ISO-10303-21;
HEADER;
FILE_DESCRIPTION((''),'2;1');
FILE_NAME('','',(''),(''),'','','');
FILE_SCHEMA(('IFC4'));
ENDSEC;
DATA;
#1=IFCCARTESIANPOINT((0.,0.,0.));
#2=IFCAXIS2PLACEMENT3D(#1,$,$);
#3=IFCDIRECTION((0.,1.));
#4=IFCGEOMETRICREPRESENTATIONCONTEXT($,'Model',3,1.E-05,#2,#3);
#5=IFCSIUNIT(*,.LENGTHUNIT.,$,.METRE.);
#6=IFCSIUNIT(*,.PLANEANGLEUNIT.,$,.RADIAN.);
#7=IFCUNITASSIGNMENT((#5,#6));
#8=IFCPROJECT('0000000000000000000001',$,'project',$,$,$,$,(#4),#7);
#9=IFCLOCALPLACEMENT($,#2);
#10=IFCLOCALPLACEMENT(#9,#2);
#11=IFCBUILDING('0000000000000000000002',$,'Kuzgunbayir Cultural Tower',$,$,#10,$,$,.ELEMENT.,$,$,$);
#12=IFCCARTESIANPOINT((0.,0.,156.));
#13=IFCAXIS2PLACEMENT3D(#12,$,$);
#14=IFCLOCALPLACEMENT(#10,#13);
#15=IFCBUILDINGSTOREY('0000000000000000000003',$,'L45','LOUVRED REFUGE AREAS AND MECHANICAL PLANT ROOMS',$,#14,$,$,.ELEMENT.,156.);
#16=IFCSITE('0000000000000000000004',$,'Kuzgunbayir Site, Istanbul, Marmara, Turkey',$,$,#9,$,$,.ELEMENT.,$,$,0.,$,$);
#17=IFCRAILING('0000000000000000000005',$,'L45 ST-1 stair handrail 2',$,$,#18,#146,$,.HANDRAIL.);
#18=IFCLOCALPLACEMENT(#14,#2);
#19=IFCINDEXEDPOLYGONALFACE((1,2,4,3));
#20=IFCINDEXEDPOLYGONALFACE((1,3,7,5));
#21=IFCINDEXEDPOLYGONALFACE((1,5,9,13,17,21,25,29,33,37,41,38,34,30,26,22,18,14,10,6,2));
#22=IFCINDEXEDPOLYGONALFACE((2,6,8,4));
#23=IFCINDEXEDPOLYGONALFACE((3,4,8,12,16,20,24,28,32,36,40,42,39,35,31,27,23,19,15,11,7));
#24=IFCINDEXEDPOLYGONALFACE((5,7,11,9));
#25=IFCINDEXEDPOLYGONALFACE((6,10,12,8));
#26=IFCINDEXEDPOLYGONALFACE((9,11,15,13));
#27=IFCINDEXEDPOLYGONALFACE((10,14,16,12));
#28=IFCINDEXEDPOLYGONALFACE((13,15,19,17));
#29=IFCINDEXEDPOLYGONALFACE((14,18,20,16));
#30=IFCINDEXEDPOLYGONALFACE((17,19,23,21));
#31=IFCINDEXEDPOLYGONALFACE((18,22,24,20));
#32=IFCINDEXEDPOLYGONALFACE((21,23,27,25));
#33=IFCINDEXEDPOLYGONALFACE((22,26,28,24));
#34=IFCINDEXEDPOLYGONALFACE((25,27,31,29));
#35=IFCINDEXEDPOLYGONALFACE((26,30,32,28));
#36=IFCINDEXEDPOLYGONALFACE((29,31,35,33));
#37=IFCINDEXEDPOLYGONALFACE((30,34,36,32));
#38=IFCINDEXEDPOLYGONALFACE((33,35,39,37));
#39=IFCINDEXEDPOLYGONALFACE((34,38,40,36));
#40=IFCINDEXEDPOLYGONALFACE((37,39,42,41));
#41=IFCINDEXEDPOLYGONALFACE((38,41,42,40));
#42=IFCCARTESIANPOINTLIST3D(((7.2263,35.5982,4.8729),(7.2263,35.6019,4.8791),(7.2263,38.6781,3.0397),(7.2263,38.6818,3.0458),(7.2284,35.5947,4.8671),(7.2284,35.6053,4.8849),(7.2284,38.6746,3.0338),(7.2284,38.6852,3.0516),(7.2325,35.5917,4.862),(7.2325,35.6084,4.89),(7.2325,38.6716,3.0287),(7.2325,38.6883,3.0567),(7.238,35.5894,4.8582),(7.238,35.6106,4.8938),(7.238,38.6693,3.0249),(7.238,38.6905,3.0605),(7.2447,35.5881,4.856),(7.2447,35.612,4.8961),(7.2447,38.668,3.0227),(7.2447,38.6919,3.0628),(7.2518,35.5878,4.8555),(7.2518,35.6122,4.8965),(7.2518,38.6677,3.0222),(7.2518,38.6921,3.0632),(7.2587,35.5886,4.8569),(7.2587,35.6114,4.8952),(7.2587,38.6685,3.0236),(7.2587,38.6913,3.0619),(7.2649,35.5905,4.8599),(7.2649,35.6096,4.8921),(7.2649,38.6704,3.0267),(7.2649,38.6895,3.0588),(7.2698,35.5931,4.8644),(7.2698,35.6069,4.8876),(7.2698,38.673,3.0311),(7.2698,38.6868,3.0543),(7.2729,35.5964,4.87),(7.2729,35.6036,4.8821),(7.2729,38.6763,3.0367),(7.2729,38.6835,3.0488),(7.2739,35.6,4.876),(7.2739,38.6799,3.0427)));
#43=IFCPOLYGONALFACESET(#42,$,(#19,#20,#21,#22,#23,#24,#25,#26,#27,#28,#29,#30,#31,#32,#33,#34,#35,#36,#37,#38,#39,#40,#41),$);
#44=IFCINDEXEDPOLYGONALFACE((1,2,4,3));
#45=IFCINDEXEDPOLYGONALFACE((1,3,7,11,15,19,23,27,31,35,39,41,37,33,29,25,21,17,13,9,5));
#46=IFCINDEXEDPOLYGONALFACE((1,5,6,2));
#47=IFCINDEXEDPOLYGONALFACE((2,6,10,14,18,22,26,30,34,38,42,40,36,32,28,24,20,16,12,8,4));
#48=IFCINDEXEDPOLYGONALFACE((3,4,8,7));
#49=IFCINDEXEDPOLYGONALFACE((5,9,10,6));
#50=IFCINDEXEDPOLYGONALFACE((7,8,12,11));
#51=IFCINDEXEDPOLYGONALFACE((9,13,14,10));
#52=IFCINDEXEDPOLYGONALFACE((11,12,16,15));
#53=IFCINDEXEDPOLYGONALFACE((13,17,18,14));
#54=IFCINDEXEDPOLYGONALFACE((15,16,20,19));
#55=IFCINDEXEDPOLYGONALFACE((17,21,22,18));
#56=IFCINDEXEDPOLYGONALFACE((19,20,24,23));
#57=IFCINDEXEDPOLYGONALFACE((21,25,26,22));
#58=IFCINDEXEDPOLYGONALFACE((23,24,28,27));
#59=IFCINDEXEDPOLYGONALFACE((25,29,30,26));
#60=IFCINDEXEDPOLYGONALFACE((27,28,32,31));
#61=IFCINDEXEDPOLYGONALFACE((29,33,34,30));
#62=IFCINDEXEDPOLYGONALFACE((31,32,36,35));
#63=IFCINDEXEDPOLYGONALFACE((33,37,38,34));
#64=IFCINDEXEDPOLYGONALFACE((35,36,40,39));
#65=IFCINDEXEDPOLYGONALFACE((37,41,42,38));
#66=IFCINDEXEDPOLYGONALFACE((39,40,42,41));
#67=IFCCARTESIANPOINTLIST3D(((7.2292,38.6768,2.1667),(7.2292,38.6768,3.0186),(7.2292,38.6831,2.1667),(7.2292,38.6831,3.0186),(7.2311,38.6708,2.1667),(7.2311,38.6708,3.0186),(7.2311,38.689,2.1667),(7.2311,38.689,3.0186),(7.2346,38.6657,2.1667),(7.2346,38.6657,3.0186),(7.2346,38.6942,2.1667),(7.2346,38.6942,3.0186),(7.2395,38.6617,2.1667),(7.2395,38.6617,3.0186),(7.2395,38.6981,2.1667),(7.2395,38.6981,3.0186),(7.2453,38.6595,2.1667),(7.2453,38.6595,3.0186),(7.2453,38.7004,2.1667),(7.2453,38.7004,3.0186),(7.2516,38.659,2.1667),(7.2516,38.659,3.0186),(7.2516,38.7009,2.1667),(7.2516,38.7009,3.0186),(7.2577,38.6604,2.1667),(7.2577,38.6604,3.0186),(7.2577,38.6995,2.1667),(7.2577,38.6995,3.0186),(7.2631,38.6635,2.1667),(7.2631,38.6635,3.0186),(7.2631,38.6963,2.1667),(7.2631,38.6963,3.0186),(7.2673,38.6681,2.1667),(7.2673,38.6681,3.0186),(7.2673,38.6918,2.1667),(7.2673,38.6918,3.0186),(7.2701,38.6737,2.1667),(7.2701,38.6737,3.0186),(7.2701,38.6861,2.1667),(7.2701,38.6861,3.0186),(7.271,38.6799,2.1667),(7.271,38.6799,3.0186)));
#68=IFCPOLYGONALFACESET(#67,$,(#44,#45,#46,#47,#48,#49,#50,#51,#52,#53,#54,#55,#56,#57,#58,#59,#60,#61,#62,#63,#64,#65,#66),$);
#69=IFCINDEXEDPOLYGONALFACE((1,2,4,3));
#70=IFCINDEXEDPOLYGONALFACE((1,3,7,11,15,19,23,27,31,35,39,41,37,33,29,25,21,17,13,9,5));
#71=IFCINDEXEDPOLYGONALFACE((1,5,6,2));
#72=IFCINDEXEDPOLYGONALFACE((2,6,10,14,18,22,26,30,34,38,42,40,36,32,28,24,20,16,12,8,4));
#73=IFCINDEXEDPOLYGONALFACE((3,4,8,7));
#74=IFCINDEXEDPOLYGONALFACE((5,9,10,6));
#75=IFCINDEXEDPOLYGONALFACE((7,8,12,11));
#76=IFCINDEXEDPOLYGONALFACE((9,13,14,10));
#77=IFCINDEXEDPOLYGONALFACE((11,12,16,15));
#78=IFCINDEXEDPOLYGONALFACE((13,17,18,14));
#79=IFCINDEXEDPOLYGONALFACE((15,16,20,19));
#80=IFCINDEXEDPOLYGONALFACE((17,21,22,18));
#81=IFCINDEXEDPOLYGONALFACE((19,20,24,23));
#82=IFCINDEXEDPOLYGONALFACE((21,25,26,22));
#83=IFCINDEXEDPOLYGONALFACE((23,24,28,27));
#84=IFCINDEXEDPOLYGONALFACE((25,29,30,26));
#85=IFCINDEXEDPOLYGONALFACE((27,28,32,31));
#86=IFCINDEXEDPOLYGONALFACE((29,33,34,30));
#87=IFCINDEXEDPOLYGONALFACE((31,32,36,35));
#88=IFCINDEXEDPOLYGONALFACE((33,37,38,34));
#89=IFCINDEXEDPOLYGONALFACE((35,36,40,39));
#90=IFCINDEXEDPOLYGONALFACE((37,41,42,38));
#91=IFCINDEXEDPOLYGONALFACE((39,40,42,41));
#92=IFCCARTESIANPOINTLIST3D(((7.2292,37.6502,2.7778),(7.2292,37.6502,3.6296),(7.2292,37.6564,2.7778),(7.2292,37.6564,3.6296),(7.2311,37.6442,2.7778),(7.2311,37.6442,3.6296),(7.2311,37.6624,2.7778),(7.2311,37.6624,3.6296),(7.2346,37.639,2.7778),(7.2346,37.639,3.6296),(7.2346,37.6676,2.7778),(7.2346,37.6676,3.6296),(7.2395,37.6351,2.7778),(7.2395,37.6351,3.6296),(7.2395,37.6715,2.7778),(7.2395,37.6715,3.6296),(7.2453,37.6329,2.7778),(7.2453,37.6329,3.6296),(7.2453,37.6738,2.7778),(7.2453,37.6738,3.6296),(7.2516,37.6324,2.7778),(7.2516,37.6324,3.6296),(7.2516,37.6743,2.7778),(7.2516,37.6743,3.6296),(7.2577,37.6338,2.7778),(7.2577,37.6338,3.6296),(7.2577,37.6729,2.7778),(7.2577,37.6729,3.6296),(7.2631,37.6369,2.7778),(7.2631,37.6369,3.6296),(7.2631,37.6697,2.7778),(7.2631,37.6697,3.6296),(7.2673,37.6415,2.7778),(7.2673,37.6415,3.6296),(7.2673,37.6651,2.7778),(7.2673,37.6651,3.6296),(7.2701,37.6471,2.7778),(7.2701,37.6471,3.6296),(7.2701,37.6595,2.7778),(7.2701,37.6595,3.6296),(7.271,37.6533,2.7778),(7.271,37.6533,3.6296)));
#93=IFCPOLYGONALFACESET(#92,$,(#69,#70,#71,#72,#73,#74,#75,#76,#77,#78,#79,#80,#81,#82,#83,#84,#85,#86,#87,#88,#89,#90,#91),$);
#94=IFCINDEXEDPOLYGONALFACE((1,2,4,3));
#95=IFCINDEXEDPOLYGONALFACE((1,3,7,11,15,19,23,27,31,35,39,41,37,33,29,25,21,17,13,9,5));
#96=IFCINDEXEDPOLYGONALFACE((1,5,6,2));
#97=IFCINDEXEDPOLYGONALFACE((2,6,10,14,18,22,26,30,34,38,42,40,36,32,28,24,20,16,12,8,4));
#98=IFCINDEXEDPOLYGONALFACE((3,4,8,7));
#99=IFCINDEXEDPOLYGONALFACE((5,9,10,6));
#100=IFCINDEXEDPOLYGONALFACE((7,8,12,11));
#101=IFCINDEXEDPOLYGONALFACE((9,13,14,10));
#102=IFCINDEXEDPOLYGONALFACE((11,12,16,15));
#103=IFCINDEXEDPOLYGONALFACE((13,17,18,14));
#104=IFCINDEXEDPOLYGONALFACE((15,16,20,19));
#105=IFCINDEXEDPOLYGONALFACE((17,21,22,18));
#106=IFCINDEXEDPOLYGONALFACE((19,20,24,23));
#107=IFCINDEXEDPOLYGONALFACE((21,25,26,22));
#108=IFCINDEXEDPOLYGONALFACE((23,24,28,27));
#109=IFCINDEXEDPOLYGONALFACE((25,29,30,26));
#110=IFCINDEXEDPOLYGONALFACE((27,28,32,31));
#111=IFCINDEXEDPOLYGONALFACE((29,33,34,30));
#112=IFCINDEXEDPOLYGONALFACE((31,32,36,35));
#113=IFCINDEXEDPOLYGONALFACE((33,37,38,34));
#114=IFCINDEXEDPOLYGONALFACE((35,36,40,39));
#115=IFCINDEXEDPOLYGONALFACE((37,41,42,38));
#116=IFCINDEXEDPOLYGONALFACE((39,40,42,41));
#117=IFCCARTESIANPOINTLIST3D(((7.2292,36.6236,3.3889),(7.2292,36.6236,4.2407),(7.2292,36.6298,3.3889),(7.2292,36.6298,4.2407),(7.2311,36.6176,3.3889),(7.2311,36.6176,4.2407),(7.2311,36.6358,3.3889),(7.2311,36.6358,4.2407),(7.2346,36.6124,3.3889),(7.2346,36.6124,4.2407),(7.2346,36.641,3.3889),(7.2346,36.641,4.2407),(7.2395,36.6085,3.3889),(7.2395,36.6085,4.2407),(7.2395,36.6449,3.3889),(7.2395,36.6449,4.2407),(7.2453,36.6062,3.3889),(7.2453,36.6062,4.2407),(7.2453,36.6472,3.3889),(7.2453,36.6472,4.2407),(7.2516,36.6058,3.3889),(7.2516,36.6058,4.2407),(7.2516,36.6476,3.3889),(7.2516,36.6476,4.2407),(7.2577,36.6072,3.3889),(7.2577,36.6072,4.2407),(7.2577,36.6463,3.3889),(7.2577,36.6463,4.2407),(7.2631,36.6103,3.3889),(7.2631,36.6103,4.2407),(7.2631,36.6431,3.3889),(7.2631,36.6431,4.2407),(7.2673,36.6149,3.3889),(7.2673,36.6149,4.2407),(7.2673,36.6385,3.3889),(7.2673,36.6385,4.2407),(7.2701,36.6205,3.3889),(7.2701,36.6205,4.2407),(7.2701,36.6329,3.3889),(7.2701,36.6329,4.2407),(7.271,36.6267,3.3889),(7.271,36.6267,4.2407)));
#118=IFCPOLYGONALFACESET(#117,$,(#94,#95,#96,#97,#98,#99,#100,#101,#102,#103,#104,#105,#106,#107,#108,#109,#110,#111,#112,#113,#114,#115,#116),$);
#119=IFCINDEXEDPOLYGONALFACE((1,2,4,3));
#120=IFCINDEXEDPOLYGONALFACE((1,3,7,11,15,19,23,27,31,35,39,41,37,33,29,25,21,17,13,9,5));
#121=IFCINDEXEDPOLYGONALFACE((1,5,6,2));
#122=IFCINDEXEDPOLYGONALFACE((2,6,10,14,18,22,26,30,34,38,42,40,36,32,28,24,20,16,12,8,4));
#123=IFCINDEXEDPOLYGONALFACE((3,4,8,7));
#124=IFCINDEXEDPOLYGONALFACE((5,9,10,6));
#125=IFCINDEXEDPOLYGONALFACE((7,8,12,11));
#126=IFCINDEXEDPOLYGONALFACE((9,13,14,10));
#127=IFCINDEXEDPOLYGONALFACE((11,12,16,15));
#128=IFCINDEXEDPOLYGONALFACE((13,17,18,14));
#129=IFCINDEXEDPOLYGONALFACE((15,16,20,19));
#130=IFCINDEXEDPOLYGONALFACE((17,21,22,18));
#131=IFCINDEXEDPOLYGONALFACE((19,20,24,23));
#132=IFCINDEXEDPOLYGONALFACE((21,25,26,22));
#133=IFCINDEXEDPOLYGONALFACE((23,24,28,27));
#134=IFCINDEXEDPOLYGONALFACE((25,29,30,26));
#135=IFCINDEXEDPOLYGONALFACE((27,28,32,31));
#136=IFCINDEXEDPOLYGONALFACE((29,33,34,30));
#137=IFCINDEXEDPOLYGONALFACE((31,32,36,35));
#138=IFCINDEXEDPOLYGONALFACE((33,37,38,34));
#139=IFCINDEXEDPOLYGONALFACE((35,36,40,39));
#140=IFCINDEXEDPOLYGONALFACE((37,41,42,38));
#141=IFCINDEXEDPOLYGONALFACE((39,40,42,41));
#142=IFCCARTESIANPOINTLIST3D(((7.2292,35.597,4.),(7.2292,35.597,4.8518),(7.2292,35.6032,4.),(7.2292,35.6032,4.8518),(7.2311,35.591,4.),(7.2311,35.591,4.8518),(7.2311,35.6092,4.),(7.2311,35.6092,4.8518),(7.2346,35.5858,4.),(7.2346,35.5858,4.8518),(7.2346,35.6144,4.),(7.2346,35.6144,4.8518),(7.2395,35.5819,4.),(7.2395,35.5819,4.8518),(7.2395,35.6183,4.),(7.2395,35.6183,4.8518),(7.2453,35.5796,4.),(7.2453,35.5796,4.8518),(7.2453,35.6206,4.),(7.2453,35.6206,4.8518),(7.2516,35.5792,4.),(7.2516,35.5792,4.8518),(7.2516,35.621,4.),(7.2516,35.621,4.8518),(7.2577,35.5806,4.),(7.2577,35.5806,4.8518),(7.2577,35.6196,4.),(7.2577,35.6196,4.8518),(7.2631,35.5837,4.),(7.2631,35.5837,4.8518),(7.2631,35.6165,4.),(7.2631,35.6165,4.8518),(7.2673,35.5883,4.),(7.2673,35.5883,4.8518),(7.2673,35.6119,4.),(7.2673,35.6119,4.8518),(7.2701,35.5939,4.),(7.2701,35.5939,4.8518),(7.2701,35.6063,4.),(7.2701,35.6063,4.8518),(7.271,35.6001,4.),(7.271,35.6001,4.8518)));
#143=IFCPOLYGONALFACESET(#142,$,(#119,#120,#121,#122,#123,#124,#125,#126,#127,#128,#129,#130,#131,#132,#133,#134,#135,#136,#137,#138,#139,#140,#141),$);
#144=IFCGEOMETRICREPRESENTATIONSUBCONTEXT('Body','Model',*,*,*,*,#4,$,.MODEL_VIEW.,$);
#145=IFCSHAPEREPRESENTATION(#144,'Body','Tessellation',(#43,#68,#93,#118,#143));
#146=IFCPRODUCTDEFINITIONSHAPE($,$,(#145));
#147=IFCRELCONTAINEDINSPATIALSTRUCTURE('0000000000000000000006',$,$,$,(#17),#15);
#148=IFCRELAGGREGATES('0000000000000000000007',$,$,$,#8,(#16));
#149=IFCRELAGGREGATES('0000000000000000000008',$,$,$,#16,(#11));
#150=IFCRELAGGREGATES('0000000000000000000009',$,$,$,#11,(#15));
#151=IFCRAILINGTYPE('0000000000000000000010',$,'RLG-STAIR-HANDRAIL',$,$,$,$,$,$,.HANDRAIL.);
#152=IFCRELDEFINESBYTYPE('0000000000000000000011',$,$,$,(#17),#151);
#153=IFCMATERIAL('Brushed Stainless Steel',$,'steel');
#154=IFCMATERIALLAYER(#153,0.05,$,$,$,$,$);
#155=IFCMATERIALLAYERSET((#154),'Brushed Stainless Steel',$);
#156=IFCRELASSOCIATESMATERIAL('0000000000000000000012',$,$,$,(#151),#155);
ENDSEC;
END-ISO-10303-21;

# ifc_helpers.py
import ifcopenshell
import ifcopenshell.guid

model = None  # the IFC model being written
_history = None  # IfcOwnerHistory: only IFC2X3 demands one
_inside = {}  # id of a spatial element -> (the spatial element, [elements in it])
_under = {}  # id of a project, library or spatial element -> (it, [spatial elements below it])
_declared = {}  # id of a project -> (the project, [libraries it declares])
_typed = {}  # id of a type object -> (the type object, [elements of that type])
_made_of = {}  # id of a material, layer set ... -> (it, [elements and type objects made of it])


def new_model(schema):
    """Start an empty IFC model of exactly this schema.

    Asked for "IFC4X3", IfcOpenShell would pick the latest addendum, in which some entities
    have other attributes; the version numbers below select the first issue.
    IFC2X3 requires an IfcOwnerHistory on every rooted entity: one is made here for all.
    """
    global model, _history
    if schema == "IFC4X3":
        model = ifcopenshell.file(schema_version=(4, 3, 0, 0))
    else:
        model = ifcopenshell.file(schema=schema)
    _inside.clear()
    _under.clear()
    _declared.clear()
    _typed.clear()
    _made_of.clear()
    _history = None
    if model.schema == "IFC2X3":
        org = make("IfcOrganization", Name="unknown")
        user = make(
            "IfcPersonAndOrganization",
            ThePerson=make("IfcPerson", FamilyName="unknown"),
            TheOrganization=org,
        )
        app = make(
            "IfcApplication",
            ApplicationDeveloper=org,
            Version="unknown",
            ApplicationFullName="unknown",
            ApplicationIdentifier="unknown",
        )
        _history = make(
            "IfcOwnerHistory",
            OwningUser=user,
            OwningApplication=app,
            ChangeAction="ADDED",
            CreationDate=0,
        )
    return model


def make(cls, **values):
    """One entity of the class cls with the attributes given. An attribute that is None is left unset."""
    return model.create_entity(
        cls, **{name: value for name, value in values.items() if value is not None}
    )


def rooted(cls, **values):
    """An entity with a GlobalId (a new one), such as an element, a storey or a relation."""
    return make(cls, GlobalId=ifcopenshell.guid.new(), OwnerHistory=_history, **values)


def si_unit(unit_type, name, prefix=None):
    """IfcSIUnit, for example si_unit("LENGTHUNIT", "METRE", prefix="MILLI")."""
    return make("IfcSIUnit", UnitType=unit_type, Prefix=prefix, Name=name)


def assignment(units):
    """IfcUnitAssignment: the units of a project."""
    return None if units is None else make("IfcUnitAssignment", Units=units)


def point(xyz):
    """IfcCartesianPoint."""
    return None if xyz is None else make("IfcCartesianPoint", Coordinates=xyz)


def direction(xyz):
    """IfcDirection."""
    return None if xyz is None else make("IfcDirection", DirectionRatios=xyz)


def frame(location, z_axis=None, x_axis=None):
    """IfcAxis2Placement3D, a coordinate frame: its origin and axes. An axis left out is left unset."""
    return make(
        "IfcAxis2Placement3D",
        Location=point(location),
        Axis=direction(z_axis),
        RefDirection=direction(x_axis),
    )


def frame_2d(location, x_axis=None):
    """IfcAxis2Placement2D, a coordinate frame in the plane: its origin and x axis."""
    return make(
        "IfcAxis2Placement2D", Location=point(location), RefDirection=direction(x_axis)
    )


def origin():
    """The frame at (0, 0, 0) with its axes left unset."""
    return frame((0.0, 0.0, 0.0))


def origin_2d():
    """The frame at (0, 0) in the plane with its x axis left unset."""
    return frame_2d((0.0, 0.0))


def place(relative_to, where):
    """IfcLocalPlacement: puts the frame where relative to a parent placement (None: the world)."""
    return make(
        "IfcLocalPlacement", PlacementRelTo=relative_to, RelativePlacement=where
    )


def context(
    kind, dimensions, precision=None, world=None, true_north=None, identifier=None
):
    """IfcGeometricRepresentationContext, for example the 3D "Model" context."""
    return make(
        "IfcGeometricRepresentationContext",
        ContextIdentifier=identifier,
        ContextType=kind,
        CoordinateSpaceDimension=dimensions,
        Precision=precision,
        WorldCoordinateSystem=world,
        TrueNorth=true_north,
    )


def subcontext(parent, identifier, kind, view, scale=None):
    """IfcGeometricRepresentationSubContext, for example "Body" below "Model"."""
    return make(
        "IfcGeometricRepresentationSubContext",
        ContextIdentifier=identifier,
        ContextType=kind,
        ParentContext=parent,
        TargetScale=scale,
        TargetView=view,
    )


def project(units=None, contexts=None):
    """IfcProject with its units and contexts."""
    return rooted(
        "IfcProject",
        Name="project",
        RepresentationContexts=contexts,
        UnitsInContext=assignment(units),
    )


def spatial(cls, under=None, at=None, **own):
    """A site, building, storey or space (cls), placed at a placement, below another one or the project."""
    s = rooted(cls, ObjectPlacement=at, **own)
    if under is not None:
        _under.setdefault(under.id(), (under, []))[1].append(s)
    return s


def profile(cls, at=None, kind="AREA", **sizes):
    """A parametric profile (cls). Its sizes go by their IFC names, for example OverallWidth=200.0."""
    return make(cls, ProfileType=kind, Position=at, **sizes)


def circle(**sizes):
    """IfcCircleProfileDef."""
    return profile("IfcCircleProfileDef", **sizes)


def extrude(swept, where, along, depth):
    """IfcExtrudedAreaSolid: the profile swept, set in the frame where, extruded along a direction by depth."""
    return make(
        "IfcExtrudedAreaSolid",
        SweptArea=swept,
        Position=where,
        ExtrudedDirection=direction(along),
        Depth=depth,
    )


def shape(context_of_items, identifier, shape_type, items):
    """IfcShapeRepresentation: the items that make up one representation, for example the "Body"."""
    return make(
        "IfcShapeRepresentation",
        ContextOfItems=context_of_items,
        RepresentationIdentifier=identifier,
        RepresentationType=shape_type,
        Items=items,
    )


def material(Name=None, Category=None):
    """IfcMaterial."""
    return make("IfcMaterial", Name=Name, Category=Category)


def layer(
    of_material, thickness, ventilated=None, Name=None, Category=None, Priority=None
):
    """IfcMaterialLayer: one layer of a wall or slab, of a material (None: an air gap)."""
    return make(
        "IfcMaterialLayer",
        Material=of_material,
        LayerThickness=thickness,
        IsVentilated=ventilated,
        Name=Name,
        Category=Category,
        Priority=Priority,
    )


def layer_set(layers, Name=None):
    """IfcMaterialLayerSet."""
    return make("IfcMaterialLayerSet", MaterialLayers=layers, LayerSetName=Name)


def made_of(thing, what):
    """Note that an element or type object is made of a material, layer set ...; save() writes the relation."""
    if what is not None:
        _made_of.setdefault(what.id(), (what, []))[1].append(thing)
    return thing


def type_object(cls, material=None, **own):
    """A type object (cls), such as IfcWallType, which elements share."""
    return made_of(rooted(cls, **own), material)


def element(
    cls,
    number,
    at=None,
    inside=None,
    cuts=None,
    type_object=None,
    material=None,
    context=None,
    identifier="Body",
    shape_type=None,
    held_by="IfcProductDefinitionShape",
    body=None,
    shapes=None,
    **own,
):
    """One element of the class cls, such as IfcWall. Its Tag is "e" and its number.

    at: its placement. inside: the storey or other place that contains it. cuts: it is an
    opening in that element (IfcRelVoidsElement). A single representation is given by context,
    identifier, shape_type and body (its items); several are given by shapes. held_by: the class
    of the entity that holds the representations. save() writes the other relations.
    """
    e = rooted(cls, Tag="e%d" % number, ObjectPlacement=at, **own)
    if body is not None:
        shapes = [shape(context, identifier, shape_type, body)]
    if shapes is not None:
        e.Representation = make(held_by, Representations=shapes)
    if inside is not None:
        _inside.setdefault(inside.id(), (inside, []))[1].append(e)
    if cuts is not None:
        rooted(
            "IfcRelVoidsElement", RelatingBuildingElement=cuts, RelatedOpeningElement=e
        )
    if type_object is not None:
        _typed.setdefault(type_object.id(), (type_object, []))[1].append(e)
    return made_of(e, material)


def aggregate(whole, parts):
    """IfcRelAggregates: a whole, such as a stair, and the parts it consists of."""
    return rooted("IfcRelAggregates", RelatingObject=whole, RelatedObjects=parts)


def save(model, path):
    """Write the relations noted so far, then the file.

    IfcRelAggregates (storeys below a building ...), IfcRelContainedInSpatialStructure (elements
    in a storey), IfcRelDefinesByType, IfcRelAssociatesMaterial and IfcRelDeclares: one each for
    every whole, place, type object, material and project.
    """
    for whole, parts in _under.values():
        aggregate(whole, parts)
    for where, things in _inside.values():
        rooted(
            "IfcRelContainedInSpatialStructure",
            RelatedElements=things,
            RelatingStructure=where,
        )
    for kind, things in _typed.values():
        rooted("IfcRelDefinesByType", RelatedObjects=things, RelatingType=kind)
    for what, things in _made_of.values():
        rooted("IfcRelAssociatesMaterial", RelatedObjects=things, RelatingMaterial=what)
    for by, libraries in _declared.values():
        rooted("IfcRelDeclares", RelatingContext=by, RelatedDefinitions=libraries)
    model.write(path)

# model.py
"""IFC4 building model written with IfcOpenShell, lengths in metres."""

from ifc_helpers import new_model, si_unit, direction, frame, origin, origin_2d, place, context, subcontext, project, spatial, circle, extrude, material, layer, layer_set, type_object, element, save


model = new_model("IFC4")

# Units and contexts
model_context = context("Model", 3, precision=1e-05, world=origin(), true_north=direction((0.0, 1.0)))
body_context = subcontext(model_context, "Body", "Model", "MODEL_VIEW")
ifc_project = project(units=[si_unit("LENGTHUNIT", "METRE"), si_unit("PLANEANGLEUNIT", "RADIAN")], contexts=[model_context])

# Site, building, storey
site_placement = place(None, origin())
site = spatial("IfcSite", under=ifc_project, at=site_placement, Name="Kuzgunbayir Site, Istanbul, Marmara, Turkey", CompositionType="ELEMENT", RefElevation=0.0)
building_placement = place(site_placement, origin())
building = spatial("IfcBuilding", under=site, at=building_placement, Name="Kuzgunbayir Cultural Tower", CompositionType="ELEMENT")
storey_placement = place(building_placement, frame((0.0, 0.0, 156.0)))
storey = spatial("IfcBuildingStorey", under=building, at=storey_placement, Name="L45", Description="LOUVRED REFUGE AREAS AND MECHANICAL PLANT ROOMS", CompositionType="ELEMENT", Elevation=156.0)

# Shared definitions
ifc_material_1 = material(Name="Brushed Stainless Steel", Category="steel")

# Railing
ifc_layer_1 = layer(ifc_material_1, 0.05)
ifc_layer_set_1 = layer_set([ifc_layer_1], Name="Brushed Stainless Steel")
railing_type_1 = type_object("IfcRailingType", Name="RLG-STAIR-HANDRAIL", PredefinedType="HANDRAIL", material=ifc_layer_set_1)
railing_1_placement = place(storey_placement, frame((7.25, 38.6799, 2.1667)))
element("IfcRailing", 1, at=railing_1_placement, inside=storey, type_object=railing_type_1, Name="L45 ST-1 stair handrail 2", PredefinedType="HANDRAIL", context=body_context, shape_type="SweptSolid", body=[
    extrude(circle(Radius=0.0239, at=origin_2d()), frame((0.0, 0.0, 0.876), z_axis=(0.0, -0.859291, 0.511487), x_axis=(1.0, 0.0, 0.0)), (0.0, 0.0, 1.0), 3.5842),
    extrude(circle(Radius=0.021, at=origin_2d()), origin(), (0.0, 0.0, 1.0), 0.8518),
    extrude(circle(Radius=0.021, at=origin_2d()), frame((0.0, -1.0266, 0.6111)), (0.0, 0.0, 1.0), 0.8518),
    extrude(circle(Radius=0.021, at=origin_2d()), frame((0.0, -2.0532, 1.2222)), (0.0, 0.0, 1.0), 0.8518),
    extrude(circle(Radius=0.021, at=origin_2d()), frame((0.0, -3.0798, 1.8333)), (0.0, 0.0, 1.0), 0.8518),
])

save(model, "model.ifc")
